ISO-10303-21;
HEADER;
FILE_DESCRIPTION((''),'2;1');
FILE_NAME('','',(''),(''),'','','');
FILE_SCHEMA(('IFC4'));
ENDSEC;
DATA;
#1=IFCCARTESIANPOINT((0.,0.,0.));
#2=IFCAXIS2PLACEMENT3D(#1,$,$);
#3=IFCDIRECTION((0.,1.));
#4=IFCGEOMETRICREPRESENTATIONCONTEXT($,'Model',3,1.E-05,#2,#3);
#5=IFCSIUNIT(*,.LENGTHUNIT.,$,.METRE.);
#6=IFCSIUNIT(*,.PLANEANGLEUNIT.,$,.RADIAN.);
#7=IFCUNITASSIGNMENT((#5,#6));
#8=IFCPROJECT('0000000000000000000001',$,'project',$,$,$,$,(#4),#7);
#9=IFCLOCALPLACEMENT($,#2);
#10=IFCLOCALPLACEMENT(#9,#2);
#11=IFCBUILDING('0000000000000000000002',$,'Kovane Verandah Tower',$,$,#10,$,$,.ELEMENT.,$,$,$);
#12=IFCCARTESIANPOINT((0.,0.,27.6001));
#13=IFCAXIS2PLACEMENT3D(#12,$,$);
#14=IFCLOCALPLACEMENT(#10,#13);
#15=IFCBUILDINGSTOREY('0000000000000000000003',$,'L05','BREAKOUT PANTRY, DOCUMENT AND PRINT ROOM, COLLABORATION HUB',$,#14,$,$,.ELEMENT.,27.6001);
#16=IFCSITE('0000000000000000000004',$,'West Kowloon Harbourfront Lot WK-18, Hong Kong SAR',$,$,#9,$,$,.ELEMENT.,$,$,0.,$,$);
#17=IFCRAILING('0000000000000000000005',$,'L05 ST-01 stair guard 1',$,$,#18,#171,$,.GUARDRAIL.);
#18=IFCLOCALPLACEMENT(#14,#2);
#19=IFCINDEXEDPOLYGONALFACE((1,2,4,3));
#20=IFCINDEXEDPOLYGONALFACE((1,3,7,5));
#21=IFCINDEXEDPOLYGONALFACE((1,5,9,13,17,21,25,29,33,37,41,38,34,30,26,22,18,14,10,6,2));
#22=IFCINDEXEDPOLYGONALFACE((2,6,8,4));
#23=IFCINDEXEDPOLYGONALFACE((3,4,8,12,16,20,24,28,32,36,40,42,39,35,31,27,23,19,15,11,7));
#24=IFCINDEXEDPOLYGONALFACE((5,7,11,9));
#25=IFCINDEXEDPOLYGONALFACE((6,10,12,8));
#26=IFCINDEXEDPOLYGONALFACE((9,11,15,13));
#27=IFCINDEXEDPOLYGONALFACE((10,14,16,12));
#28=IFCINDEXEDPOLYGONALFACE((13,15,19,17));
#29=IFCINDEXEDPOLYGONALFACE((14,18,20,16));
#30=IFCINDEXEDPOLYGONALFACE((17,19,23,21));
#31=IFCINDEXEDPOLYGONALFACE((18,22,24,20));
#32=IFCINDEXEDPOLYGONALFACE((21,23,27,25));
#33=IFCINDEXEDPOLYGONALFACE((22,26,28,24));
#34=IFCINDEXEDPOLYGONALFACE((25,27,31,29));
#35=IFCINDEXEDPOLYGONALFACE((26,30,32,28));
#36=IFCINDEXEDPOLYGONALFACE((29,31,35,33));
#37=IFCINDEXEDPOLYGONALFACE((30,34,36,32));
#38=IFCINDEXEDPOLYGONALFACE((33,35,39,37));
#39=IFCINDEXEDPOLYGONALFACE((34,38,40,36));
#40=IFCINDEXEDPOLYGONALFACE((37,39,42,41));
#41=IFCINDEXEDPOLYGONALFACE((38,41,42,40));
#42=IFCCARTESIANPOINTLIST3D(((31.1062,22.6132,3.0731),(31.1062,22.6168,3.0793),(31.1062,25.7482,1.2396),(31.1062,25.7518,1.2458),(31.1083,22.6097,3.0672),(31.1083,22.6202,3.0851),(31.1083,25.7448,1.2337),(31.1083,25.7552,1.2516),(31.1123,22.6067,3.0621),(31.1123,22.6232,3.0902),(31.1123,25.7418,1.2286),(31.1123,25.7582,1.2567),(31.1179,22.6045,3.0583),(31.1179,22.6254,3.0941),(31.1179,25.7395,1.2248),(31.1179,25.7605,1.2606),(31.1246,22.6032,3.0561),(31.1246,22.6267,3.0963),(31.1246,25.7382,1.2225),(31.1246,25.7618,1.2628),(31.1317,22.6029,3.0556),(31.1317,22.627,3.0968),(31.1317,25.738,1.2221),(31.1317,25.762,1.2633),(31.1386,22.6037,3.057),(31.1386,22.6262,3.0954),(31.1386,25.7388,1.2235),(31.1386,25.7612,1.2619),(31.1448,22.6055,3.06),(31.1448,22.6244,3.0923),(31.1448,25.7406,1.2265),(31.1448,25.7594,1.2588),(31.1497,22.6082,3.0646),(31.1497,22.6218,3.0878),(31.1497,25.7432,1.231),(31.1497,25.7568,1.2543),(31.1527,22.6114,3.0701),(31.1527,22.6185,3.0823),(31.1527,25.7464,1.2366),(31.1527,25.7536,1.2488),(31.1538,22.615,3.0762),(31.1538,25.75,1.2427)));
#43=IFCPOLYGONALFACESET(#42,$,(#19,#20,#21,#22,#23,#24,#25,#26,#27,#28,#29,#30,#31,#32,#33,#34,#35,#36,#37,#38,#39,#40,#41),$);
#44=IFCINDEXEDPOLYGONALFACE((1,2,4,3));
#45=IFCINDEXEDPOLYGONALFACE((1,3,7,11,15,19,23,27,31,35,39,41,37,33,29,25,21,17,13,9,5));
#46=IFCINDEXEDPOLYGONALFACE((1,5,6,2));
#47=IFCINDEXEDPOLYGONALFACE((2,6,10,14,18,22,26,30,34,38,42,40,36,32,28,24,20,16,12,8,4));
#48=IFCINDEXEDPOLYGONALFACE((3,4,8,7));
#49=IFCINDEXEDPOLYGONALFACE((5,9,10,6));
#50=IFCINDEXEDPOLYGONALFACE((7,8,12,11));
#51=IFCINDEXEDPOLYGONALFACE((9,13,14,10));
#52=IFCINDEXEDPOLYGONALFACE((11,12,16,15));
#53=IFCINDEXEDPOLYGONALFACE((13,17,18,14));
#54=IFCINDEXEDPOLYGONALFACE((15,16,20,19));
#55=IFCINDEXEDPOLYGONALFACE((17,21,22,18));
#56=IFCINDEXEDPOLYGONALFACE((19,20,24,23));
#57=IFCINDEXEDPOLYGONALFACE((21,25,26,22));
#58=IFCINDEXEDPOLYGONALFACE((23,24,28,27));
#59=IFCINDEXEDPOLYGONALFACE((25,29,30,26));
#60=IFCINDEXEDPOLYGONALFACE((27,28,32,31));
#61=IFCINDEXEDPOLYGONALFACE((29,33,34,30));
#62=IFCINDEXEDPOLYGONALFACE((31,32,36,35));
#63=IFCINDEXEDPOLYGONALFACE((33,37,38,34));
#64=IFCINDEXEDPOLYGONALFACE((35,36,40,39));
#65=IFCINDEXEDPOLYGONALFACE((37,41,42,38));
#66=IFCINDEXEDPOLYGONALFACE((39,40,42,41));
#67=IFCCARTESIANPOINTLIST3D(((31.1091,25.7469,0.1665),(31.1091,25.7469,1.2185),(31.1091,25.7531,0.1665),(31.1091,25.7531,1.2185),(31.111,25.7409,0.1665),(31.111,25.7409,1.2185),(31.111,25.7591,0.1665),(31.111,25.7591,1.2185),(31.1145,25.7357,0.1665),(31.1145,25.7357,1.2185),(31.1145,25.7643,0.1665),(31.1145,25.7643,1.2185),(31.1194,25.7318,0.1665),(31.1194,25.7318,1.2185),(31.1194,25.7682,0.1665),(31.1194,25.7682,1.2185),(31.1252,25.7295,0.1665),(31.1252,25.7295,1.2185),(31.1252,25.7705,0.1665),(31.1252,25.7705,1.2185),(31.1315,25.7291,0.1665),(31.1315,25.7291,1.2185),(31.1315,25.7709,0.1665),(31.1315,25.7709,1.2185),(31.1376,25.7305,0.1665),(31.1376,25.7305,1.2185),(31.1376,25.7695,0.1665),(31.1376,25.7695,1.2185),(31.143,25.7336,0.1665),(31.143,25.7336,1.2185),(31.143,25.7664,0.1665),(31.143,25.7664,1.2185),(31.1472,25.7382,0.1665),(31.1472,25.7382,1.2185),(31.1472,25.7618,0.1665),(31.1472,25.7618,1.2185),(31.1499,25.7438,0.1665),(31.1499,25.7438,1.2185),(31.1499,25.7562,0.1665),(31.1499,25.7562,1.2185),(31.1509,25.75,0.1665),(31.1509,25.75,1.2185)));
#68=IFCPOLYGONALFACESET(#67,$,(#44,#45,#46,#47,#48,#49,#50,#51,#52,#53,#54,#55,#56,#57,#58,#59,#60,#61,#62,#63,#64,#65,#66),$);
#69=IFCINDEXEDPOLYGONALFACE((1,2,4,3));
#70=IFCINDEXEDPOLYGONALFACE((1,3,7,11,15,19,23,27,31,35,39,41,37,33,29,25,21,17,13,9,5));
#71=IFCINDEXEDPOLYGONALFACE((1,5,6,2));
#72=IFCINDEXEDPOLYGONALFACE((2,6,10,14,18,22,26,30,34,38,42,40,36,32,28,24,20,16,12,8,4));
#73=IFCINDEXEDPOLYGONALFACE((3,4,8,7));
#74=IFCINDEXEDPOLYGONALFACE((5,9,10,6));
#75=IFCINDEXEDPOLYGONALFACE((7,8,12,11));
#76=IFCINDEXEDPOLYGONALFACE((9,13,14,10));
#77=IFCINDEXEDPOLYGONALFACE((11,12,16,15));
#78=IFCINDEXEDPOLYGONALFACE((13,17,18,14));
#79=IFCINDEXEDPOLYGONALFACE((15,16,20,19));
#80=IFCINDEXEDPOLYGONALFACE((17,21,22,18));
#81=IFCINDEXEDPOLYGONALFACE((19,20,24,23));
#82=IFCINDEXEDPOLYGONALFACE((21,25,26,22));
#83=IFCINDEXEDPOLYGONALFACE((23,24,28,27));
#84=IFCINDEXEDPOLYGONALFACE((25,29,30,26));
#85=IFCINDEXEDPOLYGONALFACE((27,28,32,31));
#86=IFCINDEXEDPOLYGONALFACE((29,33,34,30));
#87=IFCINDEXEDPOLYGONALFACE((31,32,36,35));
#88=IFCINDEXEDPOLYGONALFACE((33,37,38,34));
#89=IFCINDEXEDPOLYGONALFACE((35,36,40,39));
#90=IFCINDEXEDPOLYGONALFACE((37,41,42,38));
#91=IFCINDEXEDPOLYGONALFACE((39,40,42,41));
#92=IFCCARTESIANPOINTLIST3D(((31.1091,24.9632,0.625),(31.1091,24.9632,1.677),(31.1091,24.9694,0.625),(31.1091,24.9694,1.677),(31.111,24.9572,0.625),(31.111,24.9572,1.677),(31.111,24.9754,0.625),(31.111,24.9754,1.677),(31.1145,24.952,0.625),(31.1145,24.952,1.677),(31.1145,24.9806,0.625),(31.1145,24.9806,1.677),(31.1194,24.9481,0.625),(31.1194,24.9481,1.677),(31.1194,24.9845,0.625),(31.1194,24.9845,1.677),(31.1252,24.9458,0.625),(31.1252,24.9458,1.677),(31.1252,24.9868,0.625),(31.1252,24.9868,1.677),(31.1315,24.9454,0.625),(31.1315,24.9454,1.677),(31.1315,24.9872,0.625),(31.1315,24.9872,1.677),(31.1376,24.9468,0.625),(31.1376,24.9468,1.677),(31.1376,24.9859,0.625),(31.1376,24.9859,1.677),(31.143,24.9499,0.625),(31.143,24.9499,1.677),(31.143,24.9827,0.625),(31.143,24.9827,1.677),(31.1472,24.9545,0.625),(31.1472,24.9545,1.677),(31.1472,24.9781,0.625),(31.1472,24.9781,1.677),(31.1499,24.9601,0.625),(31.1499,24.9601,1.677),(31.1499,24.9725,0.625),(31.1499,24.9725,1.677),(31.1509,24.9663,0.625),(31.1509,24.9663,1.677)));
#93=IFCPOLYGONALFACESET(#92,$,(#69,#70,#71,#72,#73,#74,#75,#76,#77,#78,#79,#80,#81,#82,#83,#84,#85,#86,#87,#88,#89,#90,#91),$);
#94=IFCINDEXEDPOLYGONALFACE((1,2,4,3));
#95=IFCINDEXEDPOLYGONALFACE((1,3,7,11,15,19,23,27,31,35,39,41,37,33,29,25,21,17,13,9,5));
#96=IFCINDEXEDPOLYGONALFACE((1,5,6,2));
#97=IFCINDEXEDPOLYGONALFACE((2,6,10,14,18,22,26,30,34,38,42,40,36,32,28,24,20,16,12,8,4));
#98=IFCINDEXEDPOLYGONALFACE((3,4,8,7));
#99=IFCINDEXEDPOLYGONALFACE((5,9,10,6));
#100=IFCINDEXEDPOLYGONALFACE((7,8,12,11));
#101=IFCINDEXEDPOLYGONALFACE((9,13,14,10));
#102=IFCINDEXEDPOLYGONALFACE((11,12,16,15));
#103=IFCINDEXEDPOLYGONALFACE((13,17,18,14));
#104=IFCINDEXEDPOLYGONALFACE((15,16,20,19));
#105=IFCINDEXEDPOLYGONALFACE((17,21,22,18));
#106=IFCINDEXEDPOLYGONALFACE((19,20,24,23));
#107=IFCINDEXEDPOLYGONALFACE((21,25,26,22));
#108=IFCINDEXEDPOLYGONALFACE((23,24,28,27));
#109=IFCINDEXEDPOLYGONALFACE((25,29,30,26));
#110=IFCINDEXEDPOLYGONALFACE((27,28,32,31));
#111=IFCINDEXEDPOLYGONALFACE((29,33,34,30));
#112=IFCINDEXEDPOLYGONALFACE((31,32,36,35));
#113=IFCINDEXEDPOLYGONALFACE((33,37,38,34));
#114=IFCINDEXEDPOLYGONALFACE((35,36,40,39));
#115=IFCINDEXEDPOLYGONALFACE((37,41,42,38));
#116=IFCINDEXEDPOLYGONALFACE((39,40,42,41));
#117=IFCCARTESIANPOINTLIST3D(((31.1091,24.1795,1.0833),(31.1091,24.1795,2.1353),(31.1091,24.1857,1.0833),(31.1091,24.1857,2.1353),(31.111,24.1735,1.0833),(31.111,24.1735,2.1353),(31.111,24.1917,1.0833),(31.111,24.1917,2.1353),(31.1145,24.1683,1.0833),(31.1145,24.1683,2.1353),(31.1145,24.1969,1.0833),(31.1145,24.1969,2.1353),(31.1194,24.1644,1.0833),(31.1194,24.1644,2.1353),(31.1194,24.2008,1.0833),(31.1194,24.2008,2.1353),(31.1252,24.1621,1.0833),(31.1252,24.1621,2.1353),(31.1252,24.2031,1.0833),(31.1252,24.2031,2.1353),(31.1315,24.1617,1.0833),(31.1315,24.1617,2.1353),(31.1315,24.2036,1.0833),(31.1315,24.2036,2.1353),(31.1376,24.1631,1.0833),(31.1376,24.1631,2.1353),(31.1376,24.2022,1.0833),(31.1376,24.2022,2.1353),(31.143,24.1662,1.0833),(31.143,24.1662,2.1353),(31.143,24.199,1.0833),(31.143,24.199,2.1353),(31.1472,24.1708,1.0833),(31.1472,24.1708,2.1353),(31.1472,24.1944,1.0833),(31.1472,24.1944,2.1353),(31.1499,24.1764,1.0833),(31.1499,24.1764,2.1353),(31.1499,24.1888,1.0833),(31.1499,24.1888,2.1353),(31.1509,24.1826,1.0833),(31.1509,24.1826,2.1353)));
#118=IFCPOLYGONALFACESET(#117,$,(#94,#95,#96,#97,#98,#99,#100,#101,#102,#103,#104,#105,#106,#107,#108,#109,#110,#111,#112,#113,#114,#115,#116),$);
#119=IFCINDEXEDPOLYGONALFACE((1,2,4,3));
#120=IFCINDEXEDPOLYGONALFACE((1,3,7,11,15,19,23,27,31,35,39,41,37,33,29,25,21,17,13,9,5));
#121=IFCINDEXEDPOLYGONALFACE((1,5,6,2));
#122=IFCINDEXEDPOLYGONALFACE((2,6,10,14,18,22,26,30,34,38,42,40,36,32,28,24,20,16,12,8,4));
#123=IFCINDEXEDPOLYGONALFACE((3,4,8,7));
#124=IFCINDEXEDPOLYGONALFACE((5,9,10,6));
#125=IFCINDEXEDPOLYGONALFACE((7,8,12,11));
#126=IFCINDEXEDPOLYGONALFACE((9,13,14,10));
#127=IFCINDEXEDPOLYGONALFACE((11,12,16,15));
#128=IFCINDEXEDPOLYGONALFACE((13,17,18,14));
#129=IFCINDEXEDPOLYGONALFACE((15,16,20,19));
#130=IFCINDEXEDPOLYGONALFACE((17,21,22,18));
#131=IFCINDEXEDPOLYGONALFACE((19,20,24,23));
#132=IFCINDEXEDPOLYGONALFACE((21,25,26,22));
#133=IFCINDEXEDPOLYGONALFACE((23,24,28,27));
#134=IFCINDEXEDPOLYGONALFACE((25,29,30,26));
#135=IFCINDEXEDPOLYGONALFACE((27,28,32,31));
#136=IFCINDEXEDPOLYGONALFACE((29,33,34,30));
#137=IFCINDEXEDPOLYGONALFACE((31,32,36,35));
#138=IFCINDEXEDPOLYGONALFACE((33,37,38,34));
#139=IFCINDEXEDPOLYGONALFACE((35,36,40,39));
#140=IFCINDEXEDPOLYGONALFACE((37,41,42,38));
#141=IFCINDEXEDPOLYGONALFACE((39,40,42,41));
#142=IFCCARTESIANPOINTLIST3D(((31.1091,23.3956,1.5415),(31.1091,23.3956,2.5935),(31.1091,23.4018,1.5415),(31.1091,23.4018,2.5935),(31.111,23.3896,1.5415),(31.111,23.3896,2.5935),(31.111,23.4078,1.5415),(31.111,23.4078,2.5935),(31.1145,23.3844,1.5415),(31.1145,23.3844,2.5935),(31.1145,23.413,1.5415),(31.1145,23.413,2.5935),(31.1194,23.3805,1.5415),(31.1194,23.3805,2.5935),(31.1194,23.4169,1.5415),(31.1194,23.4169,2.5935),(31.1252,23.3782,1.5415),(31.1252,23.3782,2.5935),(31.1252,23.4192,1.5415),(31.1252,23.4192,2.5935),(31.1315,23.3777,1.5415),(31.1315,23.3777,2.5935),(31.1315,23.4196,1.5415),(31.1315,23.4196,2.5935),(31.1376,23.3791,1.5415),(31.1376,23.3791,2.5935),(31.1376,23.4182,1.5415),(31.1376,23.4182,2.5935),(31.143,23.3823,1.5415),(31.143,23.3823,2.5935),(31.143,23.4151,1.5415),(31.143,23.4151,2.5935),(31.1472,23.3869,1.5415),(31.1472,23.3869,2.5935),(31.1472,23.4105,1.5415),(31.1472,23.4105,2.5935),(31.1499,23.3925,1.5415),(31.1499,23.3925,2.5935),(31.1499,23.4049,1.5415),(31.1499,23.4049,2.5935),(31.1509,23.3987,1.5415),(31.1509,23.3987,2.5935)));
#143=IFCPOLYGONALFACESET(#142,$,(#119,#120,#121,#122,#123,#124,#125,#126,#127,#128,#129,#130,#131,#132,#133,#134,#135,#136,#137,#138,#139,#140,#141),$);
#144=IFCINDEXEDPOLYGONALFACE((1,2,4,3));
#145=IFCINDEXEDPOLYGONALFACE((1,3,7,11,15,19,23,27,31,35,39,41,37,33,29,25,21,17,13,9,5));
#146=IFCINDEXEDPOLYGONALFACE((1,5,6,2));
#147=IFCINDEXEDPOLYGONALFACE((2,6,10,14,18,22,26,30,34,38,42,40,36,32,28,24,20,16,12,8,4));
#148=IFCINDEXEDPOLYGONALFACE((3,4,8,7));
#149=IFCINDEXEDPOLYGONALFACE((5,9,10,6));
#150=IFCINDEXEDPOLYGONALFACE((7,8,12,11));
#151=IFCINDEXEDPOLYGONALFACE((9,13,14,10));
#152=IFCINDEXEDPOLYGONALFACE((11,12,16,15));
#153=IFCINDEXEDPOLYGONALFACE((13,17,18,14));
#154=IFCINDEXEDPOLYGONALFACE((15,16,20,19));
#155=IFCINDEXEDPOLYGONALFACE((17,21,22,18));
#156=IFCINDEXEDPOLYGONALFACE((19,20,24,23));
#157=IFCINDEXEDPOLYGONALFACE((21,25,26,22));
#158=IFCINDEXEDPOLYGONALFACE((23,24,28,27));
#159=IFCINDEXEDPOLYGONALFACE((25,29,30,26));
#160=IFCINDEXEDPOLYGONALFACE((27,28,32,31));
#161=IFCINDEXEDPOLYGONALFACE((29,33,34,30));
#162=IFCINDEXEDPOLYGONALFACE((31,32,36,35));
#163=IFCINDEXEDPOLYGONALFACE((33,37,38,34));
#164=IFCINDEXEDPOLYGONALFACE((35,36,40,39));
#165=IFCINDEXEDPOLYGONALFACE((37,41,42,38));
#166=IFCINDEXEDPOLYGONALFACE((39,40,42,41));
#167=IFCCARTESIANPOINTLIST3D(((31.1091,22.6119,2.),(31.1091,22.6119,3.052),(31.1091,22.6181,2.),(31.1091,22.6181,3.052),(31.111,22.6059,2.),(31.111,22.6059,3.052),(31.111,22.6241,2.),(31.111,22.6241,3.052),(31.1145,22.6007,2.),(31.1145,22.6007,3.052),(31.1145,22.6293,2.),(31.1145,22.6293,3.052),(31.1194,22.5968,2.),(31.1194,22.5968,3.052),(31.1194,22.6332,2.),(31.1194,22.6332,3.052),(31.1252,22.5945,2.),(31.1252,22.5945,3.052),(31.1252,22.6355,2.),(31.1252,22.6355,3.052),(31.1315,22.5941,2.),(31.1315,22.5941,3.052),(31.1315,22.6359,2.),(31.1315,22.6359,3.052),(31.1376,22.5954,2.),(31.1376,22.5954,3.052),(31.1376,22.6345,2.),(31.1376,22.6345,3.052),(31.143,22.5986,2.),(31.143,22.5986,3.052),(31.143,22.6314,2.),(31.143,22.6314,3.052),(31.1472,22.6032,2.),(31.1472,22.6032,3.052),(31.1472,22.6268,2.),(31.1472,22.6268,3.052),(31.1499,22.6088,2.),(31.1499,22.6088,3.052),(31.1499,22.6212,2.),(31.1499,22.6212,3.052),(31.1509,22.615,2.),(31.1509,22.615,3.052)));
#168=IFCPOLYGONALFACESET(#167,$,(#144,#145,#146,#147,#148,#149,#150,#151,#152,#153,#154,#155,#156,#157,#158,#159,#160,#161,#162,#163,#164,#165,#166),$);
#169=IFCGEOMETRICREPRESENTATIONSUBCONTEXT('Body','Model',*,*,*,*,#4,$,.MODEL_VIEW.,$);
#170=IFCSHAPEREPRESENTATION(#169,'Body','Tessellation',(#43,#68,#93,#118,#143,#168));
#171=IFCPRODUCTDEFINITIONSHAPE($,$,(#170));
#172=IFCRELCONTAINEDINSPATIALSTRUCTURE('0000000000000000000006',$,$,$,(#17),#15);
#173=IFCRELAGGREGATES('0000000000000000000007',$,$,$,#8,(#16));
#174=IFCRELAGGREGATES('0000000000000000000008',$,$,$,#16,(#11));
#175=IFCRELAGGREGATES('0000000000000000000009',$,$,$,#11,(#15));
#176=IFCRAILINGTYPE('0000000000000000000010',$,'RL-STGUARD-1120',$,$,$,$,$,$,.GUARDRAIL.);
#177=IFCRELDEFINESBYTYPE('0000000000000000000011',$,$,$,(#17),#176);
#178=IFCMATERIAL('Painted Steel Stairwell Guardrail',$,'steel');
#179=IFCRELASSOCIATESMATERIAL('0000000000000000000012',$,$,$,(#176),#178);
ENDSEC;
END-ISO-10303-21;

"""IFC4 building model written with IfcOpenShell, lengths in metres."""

from ifc_helpers import new_model, si_unit, direction, frame, origin, origin_2d, place, context, subcontext, project, spatial, circle, extrude, material, type_object, element, save


model = new_model("IFC4")

# Units and contexts
model_context = context("Model", 3, precision=1e-05, world=origin(), true_north=direction((0.0, 1.0)))
body_context = subcontext(model_context, "Body", "Model", "MODEL_VIEW")
ifc_project = project(units=[si_unit("LENGTHUNIT", "METRE"), si_unit("PLANEANGLEUNIT", "RADIAN")], contexts=[model_context])

# Site, building, storey
site_placement = place(None, origin())
site = spatial("IfcSite", under=ifc_project, at=site_placement, Name="West Kowloon Harbourfront Lot WK-18, Hong Kong SAR", CompositionType="ELEMENT", RefElevation=0.0)
building_placement = place(site_placement, origin())
building = spatial("IfcBuilding", under=site, at=building_placement, Name="Kovane Verandah Tower", CompositionType="ELEMENT")
storey_placement = place(building_placement, frame((0.0, 0.0, 27.6001)))
storey = spatial("IfcBuildingStorey", under=building, at=storey_placement, Name="L05", Description="BREAKOUT PANTRY, DOCUMENT AND PRINT ROOM, COLLABORATION HUB", CompositionType="ELEMENT", Elevation=27.6001)

# Railing
ifc_material_1 = material(Name="Painted Steel Stairwell Guardrail", Category="steel")
railing_type_1 = type_object("IfcRailingType", Name="RL-STGUARD-1120", PredefinedType="GUARDRAIL", material=ifc_material_1)
railing_1_placement = place(storey_placement, frame((31.1299, 25.75, 0.1665)))
element("IfcRailing", 1, at=railing_1_placement, inside=storey, type_object=railing_type_1, Name="L05 ST-01 stair guard 1", PredefinedType="GUARDRAIL", context=body_context, shape_type="SweptSolid", body=[
    extrude(circle(Radius=0.0239, at=origin_2d()), frame((0.0, 0.0, 1.0762), z_axis=(0.0, -0.86321, 0.504845), x_axis=(1.0, 0.0, 0.0)), (0.0, 0.0, 1.0), 3.6318),
    extrude(circle(Radius=0.021, at=origin_2d()), origin(), (0.0, 0.0, 1.0), 1.052),
    extrude(circle(Radius=0.021, at=origin_2d()), frame((0.0, -0.7837, 0.4585)), (0.0, 0.0, 1.0), 1.052),
    extrude(circle(Radius=0.021, at=origin_2d()), frame((0.0, -1.5674, 0.9167)), (0.0, 0.0, 1.0), 1.052),
    extrude(circle(Radius=0.021, at=origin_2d()), frame((0.0, -2.3513, 1.375)), (0.0, 0.0, 1.0), 1.052),
    extrude(circle(Radius=0.021, at=origin_2d()), frame((0.0, -3.135, 1.8335)), (0.0, 0.0, 1.0), 1.052),
])

save(model, "model.ifc")
